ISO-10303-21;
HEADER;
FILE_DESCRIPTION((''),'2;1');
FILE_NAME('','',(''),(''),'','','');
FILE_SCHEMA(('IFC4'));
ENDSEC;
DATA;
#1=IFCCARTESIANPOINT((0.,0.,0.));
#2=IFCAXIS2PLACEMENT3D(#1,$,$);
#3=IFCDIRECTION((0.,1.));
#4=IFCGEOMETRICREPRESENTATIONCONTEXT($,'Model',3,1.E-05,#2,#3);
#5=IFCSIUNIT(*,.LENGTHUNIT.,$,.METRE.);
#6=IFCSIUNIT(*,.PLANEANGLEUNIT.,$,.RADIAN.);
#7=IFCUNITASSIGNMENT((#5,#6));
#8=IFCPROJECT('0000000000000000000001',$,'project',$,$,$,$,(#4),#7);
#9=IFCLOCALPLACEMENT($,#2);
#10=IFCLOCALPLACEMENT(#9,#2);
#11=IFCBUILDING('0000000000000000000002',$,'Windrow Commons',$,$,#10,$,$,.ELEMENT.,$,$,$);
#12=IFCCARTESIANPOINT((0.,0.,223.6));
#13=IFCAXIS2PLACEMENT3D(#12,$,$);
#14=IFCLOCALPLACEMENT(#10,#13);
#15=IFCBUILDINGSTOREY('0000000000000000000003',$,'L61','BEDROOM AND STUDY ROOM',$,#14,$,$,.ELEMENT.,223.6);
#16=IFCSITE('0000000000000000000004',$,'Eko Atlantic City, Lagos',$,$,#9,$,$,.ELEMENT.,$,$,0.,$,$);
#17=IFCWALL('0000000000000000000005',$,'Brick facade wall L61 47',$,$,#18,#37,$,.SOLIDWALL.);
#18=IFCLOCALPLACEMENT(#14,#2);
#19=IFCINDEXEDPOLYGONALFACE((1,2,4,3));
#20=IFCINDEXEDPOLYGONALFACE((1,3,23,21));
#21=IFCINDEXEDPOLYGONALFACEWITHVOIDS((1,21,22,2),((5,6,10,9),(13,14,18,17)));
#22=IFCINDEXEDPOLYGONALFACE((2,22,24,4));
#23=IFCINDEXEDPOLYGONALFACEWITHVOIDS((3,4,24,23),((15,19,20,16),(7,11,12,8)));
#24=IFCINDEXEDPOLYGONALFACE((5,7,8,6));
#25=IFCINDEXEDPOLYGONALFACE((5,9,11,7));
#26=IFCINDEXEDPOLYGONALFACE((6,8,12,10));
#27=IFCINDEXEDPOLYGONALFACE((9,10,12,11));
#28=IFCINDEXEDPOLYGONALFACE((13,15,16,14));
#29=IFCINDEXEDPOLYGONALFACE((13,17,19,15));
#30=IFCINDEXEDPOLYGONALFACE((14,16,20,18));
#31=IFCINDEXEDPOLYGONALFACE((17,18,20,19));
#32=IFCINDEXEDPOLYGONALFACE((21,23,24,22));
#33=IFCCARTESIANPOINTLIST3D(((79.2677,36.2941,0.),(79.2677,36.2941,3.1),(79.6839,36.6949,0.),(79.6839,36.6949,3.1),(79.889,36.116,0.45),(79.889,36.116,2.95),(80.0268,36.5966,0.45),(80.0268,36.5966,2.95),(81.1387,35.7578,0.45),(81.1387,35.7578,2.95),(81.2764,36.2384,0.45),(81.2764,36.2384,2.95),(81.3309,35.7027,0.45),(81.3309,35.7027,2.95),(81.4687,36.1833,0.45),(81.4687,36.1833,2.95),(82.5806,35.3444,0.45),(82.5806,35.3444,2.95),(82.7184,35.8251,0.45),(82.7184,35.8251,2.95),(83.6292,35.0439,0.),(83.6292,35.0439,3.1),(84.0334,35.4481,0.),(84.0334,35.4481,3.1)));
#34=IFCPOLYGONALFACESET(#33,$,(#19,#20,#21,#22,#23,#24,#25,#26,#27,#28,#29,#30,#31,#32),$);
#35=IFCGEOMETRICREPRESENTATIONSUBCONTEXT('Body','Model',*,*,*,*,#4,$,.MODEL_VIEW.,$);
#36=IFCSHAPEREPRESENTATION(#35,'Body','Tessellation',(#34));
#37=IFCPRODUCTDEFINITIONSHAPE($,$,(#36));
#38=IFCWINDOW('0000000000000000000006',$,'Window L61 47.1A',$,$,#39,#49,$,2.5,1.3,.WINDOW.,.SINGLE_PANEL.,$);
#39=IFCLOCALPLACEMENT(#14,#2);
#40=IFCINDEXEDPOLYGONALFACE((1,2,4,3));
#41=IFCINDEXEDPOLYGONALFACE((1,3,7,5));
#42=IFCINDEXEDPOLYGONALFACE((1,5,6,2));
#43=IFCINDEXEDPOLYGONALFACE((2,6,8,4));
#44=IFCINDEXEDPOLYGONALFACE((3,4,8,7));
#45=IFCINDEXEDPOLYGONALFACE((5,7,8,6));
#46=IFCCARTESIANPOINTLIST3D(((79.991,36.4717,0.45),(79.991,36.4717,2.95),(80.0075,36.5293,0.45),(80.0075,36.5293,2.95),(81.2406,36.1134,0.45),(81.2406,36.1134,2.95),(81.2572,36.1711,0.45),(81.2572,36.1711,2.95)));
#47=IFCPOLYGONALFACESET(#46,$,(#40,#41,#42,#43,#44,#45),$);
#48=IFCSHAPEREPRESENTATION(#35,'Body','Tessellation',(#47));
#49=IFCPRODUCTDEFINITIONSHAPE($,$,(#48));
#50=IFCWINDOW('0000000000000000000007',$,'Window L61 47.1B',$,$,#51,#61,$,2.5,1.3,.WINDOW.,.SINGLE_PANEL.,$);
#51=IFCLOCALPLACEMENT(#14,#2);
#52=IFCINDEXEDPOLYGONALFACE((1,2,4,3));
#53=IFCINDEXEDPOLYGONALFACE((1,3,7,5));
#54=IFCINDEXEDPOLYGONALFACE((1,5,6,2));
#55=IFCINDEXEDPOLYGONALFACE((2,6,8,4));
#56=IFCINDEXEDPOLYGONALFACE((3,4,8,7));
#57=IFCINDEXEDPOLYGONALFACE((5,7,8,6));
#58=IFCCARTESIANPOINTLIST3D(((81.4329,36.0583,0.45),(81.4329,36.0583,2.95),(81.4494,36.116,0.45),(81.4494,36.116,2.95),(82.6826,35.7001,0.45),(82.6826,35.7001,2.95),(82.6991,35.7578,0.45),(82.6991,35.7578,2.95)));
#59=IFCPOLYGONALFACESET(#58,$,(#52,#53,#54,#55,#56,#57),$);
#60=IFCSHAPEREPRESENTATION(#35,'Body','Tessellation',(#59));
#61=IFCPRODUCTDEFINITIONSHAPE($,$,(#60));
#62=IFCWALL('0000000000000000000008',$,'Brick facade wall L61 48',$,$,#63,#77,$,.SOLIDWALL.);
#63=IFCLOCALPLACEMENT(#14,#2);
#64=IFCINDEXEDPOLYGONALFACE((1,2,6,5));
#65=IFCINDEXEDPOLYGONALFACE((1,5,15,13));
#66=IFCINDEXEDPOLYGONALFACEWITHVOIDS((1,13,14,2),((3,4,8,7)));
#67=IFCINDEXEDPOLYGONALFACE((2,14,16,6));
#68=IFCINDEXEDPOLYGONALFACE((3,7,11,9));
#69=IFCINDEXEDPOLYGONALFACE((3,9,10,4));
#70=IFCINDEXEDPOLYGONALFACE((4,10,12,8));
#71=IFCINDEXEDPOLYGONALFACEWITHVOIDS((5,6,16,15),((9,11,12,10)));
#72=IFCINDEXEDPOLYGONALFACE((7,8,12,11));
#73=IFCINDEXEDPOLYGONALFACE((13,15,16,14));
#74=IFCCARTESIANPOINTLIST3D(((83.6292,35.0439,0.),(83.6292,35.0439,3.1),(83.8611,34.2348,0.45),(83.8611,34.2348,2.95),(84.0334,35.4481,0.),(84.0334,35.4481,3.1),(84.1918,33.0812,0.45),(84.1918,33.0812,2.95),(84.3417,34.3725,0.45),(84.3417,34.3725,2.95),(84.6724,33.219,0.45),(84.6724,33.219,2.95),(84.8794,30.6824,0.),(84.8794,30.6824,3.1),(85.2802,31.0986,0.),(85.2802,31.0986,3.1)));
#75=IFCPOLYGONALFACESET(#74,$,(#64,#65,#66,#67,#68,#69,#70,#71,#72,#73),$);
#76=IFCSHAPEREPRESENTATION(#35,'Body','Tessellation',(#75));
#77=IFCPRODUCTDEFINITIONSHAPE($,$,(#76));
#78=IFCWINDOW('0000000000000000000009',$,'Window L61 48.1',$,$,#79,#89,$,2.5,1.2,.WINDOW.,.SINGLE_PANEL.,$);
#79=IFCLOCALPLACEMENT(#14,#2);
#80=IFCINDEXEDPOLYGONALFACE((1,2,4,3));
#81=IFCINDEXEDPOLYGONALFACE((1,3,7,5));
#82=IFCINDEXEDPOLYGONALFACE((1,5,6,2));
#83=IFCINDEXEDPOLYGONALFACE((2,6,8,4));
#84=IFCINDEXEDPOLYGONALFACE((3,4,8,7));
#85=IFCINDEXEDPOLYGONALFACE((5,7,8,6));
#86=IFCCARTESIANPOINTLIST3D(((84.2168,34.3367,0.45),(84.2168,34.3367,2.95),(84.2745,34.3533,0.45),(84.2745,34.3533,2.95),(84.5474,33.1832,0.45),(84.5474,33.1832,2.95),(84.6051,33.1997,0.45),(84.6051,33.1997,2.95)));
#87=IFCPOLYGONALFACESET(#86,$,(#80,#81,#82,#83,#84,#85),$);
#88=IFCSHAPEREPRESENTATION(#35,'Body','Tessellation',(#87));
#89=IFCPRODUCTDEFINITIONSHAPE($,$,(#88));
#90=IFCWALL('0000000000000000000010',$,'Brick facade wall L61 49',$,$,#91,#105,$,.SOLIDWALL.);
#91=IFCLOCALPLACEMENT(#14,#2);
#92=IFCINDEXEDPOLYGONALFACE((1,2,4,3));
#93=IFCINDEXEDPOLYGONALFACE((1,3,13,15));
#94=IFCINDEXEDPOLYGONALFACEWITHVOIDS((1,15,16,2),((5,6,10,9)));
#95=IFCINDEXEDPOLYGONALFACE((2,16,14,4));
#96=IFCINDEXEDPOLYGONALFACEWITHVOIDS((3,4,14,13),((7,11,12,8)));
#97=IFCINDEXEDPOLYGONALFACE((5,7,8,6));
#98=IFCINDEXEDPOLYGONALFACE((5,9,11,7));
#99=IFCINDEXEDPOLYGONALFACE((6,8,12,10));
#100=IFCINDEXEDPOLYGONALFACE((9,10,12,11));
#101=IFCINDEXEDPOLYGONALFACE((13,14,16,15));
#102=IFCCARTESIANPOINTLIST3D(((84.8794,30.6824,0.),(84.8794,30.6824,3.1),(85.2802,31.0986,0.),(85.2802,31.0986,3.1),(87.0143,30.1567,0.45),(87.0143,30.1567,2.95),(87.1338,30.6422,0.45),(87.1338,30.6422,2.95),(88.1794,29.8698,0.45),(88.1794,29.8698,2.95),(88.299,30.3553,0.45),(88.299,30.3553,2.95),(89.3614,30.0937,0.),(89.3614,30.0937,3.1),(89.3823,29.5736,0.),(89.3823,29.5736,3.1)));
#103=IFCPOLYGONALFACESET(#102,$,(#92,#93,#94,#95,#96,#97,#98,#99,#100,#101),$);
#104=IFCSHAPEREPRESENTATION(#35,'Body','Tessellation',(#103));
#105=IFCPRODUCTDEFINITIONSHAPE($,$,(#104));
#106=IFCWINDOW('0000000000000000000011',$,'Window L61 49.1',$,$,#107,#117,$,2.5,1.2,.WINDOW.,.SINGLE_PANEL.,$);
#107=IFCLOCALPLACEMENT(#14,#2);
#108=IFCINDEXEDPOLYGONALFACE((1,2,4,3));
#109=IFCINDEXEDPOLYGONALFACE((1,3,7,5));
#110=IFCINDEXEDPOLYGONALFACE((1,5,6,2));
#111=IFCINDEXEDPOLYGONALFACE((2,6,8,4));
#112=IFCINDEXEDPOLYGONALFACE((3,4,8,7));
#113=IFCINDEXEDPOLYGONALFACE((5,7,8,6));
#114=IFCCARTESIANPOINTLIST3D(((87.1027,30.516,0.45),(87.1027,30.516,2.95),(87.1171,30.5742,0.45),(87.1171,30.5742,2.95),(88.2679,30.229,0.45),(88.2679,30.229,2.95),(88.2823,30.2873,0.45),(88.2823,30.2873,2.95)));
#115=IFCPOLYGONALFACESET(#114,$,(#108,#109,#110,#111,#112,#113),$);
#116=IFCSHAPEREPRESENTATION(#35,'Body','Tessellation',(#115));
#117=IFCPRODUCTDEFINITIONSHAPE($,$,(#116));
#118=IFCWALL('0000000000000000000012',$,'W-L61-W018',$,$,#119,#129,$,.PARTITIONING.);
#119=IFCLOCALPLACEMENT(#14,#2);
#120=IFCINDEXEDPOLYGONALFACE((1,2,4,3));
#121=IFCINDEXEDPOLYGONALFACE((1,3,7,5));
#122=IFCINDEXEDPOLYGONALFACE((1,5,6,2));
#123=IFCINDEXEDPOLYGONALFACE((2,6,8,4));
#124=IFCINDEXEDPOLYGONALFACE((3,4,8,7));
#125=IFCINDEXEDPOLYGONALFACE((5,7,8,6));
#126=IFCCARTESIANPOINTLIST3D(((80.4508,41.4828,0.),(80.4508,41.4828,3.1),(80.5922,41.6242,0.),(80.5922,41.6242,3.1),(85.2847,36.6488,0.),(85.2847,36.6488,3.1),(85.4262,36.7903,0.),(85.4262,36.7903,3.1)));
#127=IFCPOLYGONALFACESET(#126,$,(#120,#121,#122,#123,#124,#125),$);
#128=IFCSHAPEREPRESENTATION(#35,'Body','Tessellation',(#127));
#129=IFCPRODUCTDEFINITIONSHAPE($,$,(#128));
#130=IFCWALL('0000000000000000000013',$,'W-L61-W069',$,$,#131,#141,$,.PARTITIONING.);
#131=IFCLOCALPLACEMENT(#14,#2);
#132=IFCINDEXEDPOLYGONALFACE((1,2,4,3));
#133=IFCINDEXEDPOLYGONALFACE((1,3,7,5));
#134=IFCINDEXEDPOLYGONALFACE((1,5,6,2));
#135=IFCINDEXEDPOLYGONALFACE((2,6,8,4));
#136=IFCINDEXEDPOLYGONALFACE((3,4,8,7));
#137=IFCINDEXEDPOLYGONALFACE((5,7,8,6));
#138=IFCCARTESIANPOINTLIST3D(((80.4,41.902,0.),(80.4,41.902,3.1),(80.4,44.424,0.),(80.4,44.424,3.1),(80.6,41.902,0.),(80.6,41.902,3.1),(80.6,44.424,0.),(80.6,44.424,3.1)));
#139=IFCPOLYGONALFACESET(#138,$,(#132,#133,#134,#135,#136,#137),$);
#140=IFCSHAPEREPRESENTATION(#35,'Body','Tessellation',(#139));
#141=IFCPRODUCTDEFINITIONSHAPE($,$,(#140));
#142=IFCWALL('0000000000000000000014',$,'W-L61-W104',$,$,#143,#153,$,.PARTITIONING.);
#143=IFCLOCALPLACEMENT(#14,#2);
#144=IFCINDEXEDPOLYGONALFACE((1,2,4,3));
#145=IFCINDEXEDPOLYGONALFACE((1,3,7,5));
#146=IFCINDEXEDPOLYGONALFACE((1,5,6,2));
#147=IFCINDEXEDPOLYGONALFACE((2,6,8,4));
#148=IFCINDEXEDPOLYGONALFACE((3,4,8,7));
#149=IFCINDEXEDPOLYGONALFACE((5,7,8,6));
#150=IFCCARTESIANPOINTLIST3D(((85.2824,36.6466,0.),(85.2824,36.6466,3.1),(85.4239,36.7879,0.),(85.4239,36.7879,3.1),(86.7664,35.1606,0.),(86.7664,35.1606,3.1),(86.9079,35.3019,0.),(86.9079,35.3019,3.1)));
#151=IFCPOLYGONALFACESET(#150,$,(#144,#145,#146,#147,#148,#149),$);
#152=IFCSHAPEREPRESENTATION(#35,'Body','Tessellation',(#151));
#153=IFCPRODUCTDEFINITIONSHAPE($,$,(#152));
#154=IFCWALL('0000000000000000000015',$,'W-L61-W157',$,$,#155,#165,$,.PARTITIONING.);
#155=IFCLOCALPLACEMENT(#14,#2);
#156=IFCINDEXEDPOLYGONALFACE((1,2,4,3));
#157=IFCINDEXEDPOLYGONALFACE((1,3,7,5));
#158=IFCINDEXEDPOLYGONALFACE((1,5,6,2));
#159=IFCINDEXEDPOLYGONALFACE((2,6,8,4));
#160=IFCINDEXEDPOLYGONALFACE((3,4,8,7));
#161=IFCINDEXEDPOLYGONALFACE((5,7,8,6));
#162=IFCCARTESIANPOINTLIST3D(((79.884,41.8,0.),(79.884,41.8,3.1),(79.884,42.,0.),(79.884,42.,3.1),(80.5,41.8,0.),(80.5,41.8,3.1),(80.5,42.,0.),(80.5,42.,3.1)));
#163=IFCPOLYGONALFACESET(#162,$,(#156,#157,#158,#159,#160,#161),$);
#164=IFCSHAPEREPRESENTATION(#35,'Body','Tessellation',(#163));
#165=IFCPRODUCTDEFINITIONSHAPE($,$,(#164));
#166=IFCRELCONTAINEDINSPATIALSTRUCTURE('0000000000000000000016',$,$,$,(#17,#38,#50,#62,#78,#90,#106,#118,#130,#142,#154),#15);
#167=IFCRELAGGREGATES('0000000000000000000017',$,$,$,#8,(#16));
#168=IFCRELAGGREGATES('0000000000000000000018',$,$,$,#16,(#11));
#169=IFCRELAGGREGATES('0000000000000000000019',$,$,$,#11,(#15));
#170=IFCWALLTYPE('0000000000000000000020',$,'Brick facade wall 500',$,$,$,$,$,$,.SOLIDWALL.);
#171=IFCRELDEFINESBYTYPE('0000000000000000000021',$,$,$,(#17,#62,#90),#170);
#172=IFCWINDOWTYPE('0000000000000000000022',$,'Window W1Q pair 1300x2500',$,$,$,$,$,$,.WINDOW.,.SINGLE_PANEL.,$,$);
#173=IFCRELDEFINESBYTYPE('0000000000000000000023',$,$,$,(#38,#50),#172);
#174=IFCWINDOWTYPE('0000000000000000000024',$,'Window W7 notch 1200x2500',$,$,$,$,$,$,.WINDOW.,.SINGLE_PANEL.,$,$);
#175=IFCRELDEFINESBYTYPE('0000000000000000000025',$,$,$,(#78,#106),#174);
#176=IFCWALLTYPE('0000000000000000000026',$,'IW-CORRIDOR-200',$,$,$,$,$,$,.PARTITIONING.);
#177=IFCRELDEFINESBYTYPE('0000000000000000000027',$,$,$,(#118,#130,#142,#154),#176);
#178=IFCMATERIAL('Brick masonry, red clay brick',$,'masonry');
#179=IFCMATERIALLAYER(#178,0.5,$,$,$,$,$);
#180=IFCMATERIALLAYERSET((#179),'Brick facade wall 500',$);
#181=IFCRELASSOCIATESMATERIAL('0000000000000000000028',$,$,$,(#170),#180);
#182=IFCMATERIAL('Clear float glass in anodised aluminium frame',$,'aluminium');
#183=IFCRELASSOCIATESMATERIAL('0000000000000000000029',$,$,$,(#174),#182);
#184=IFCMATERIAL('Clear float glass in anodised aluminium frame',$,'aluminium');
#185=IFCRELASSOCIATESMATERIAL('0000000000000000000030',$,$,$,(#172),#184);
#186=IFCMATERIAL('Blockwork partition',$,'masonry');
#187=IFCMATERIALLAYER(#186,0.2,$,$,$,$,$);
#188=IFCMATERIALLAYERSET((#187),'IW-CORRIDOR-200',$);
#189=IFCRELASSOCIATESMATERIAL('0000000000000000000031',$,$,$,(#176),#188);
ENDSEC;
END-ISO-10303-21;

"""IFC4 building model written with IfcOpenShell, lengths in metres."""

from ifc_helpers import new_model, si_unit, direction, frame, frame_2d, origin, place, context, subcontext, project, spatial, polyline, rectangle, outline, extrude, material, layer, layer_set, type_object, element, fill, save


model = new_model("IFC4")

# Units and contexts
model_context = context("Model", 3, precision=1e-05, world=origin(), true_north=direction((0.0, 1.0)))
body_context = subcontext(model_context, "Body", "Model", "MODEL_VIEW")
ifc_project = project(units=[si_unit("LENGTHUNIT", "METRE"), si_unit("PLANEANGLEUNIT", "RADIAN")], contexts=[model_context])

# Site, building, storey
site_placement = place(None, origin())
site = spatial("IfcSite", under=ifc_project, at=site_placement, Name="Eko Atlantic City, Lagos", CompositionType="ELEMENT", RefElevation=0.0)
building_placement = place(site_placement, origin())
building = spatial("IfcBuilding", under=site, at=building_placement, Name="Windrow Commons", CompositionType="ELEMENT")
storey_placement = place(building_placement, frame((0.0, 0.0, 223.6)))
storey = spatial("IfcBuildingStorey", under=building, at=storey_placement, Name="L61", Description="BEDROOM AND STUDY ROOM", CompositionType="ELEMENT", Elevation=223.6)

# Shared definitions
ifc_material_1 = material(Name="Brick masonry, red clay brick", Category="masonry")
ifc_layer_1 = layer(ifc_material_1, 0.5)
ifc_layer_set_1 = layer_set([ifc_layer_1], Name="Brick facade wall 500")
wall_type_1 = type_object("IfcWallType", Name="Brick facade wall 500", PredefinedType="SOLIDWALL", material=ifc_layer_set_1)
ifc_material_2 = material(Name="Clear float glass in anodised aluminium frame", Category="aluminium")
window_type_1 = type_object("IfcWindowType", Name="Window W7 notch 1200x2500", PartitioningType="SINGLE_PANEL", PredefinedType="WINDOW", material=ifc_material_2)

# Wall, openings, windows
wall_1_placement = place(storey_placement, frame((79.4758, 36.4945, 0.0), z_axis=(0.0, 0.0, 1.0), x_axis=(0.961286, -0.275552, 0.0)))
wall_1 = element("IfcWall", 1, at=wall_1_placement, inside=storey, type_object=wall_type_1, Name="Brick facade wall L61 47", PredefinedType="SOLIDWALL", context=body_context, shape_type="SweptSolid", body=[
    extrude(outline(polyline([(-0.1448, -0.25), (4.3923, -0.25), (4.6695, 0.25), (0.1448, 0.25), (-0.1448, -0.25)])), origin(), (0.0, 0.0, 1.0), 3.1),
])
opening_1_placement = place(wall_1_placement, frame((0.5015, 0.0, 0.45)))
opening_1 = element("IfcOpeningElement", 2, at=opening_1_placement, cuts=wall_1, PredefinedType="OPENING", context=body_context, shape_type="SweptSolid", body=[
    extrude(rectangle(XDim=1.3, YDim=2.5, at=frame_2d((0.65, 1.25))), frame((0.0, 0.26, 0.0), z_axis=(0.0, -1.0, 0.0), x_axis=(1.0, 0.0, 0.0)), (0.0, 0.0, 1.0), 0.52),
])
opening_2_placement = place(wall_1_placement, frame((2.0015, 0.0, 0.45)))
opening_2 = element("IfcOpeningElement", 3, at=opening_2_placement, cuts=wall_1, PredefinedType="OPENING", context=body_context, shape_type="SweptSolid", body=[
    extrude(rectangle(XDim=1.3, YDim=2.5, at=frame_2d((0.65, 1.25))), frame((0.0, 0.26, 0.0), z_axis=(0.0, -1.0, 0.0), x_axis=(1.0, 0.0, 0.0)), (0.0, 0.0, 1.0), 0.52),
])
ifc_material_3 = material(Name="Clear float glass in anodised aluminium frame", Category="aluminium")
window_type_2 = type_object("IfcWindowType", Name="Window W1Q pair 1300x2500", PartitioningType="SINGLE_PANEL", PredefinedType="WINDOW", material=ifc_material_3)
window_1_placement = place(opening_1_placement, origin())
window_1 = element("IfcWindow", 4, at=window_1_placement, inside=storey, type_object=window_type_2, Name="Window L61 47.1A", OverallHeight=2.5, OverallWidth=1.3, PartitioningType="SINGLE_PANEL", PredefinedType="WINDOW", context=body_context, shape_type="SweptSolid", body=[
    extrude(rectangle(XDim=1.3, YDim=2.5, at=frame_2d((0.65, 1.25))), frame((0.0, 0.18, 0.0), z_axis=(0.0, -1.0, 0.0), x_axis=(1.0, 0.0, 0.0)), (0.0, 0.0, 1.0), 0.06),
])
fill(opening_1, window_1)
window_2_placement = place(opening_2_placement, origin())
window_2 = element("IfcWindow", 5, at=window_2_placement, inside=storey, type_object=window_type_2, Name="Window L61 47.1B", OverallHeight=2.5, OverallWidth=1.3, PartitioningType="SINGLE_PANEL", PredefinedType="WINDOW", context=body_context, shape_type="SweptSolid", body=[
    extrude(rectangle(XDim=1.3, YDim=2.5, at=frame_2d((0.65, 1.25))), frame((0.0, 0.18, 0.0), z_axis=(0.0, -1.0, 0.0), x_axis=(1.0, 0.0, 0.0)), (0.0, 0.0, 1.0), 0.06),
])
fill(opening_2, window_2)

# Walls, openings, windows
wall_2_placement = place(storey_placement, frame((83.8313, 35.246, 0.0), z_axis=(0.0, 0.0, 1.0), x_axis=(0.275552, -0.961286, 0.0)))
wall_2 = element("IfcWall", 6, at=wall_2_placement, inside=storey, type_object=wall_type_1, Name="Brick facade wall L61 48", PredefinedType="SOLIDWALL", context=body_context, shape_type="SweptSolid", body=[
    extrude(outline(polyline([(0.1386, -0.25), (4.6757, -0.25), (4.3861, 0.25), (-0.1386, 0.25), (0.1386, -0.25)])), origin(), (0.0, 0.0, 1.0), 3.1),
])
opening_3_placement = place(wall_2_placement, frame((0.9803, 0.0, 0.45)))
opening_3 = element("IfcOpeningElement", 7, at=opening_3_placement, cuts=wall_2, PredefinedType="OPENING", context=body_context, shape_type="SweptSolid", body=[
    extrude(rectangle(XDim=1.2, YDim=2.5, at=frame_2d((0.6, 1.25))), frame((0.0, 0.26, 0.0), z_axis=(0.0, -1.0, 0.0), x_axis=(1.0, 0.0, 0.0)), (0.0, 0.0, 1.0), 0.52),
])
window_3_placement = place(opening_3_placement, origin())
window_3 = element("IfcWindow", 8, at=window_3_placement, inside=storey, type_object=window_type_1, Name="Window L61 48.1", OverallHeight=2.5, OverallWidth=1.2, PartitioningType="SINGLE_PANEL", PredefinedType="WINDOW", context=body_context, shape_type="SweptSolid", body=[
    extrude(rectangle(XDim=1.2, YDim=2.5, at=frame_2d((0.6, 1.25))), frame((0.0, 0.18, 0.0), z_axis=(0.0, -1.0, 0.0), x_axis=(1.0, 0.0, 0.0)), (0.0, 0.0, 1.0), 0.06),
])
fill(opening_3, window_3)
wall_3_placement = place(storey_placement, frame((85.0798, 30.8905, 0.0), z_axis=(0.0, 0.0, 1.0), x_axis=(0.970995, -0.239101, 0.0)))
wall_3 = element("IfcWall", 9, at=wall_3_placement, inside=storey, type_object=wall_type_1, Name="Brick facade wall L61 49", PredefinedType="SOLIDWALL", context=body_context, shape_type="SweptSolid", body=[
    extrude(outline(polyline([(-0.1448, -0.25), (4.4926, -0.25), (4.3479, 0.25), (0.1448, 0.25), (-0.1448, -0.25)])), origin(), (0.0, 0.0, 1.0), 3.1),
])
opening_4_placement = place(wall_3_placement, frame((2.0538, 0.0, 0.45)))
opening_4 = element("IfcOpeningElement", 10, at=opening_4_placement, cuts=wall_3, PredefinedType="OPENING", context=body_context, shape_type="SweptSolid", body=[
    extrude(rectangle(XDim=1.2, YDim=2.5, at=frame_2d((0.6, 1.25))), frame((0.0, 0.26, 0.0), z_axis=(0.0, -1.0, 0.0), x_axis=(1.0, 0.0, 0.0)), (0.0, 0.0, 1.0), 0.52),
])
window_4_placement = place(opening_4_placement, origin())
window_4 = element("IfcWindow", 11, at=window_4_placement, inside=storey, type_object=window_type_1, Name="Window L61 49.1", OverallHeight=2.5, OverallWidth=1.2, PartitioningType="SINGLE_PANEL", PredefinedType="WINDOW", context=body_context, shape_type="SweptSolid", body=[
    extrude(rectangle(XDim=1.2, YDim=2.5, at=frame_2d((0.6, 1.25))), frame((0.0, 0.18, 0.0), z_axis=(0.0, -1.0, 0.0), x_axis=(1.0, 0.0, 0.0)), (0.0, 0.0, 1.0), 0.06),
])
fill(opening_4, window_4)

# Walls
ifc_material_4 = material(Name="Blockwork partition", Category="masonry")
ifc_layer_2 = layer(ifc_material_4, 0.2)
ifc_layer_set_2 = layer_set([ifc_layer_2], Name="IW-CORRIDOR-200")
wall_type_2 = type_object("IfcWallType", Name="IW-CORRIDOR-200", PredefinedType="PARTITIONING", material=ifc_layer_set_2)
wall_4_placement = place(storey_placement, frame((80.5215, 41.5535, 0.0), z_axis=(0.0, 0.0, 1.0), x_axis=(0.707107, -0.707107, 0.0)))
element("IfcWall", 12, at=wall_4_placement, inside=storey, type_object=wall_type_2, Name="W-L61-W018", PredefinedType="PARTITIONING", context=body_context, shape_type="SweptSolid", body=[
    extrude(rectangle(XDim=6.8363, YDim=0.2, at=frame_2d((3.4181, 0.0))), origin(), (0.0, 0.0, 1.0), 3.1),
])
wall_5_placement = place(storey_placement, frame((80.5, 41.902, 0.0), z_axis=(0.0, 0.0, 1.0), x_axis=(0.0, 1.0, 0.0)))
element("IfcWall", 13, at=wall_5_placement, inside=storey, type_object=wall_type_2, Name="W-L61-W069", PredefinedType="PARTITIONING", context=body_context, shape_type="SweptSolid", body=[
    extrude(rectangle(XDim=2.522, YDim=0.2, at=frame_2d((1.261, 0.0))), origin(), (0.0, 0.0, 1.0), 3.1),
])
wall_6_placement = place(storey_placement, frame((85.3532, 36.7172, 0.0), z_axis=(0.0, 0.0, 1.0), x_axis=(0.70663, -0.707583, 0.0)))
element("IfcWall", 14, at=wall_6_placement, inside=storey, type_object=wall_type_2, Name="W-L61-W104", PredefinedType="PARTITIONING", context=body_context, shape_type="SweptSolid", body=[
    extrude(rectangle(XDim=2.1001, YDim=0.2, at=frame_2d((1.05, 0.0))), origin(), (0.0, 0.0, 1.0), 3.1),
])
wall_7_placement = place(storey_placement, frame((79.884, 41.9, 0.0), z_axis=(0.0, 0.0, 1.0), x_axis=(1.0, 0.0, 0.0)))
element("IfcWall", 15, at=wall_7_placement, inside=storey, type_object=wall_type_2, Name="W-L61-W157", PredefinedType="PARTITIONING", context=body_context, shape_type="SweptSolid", body=[
    extrude(rectangle(XDim=0.616, YDim=0.2, at=frame_2d((0.308, 0.0))), origin(), (0.0, 0.0, 1.0), 3.1),
])

save(model, "model.ifc")
